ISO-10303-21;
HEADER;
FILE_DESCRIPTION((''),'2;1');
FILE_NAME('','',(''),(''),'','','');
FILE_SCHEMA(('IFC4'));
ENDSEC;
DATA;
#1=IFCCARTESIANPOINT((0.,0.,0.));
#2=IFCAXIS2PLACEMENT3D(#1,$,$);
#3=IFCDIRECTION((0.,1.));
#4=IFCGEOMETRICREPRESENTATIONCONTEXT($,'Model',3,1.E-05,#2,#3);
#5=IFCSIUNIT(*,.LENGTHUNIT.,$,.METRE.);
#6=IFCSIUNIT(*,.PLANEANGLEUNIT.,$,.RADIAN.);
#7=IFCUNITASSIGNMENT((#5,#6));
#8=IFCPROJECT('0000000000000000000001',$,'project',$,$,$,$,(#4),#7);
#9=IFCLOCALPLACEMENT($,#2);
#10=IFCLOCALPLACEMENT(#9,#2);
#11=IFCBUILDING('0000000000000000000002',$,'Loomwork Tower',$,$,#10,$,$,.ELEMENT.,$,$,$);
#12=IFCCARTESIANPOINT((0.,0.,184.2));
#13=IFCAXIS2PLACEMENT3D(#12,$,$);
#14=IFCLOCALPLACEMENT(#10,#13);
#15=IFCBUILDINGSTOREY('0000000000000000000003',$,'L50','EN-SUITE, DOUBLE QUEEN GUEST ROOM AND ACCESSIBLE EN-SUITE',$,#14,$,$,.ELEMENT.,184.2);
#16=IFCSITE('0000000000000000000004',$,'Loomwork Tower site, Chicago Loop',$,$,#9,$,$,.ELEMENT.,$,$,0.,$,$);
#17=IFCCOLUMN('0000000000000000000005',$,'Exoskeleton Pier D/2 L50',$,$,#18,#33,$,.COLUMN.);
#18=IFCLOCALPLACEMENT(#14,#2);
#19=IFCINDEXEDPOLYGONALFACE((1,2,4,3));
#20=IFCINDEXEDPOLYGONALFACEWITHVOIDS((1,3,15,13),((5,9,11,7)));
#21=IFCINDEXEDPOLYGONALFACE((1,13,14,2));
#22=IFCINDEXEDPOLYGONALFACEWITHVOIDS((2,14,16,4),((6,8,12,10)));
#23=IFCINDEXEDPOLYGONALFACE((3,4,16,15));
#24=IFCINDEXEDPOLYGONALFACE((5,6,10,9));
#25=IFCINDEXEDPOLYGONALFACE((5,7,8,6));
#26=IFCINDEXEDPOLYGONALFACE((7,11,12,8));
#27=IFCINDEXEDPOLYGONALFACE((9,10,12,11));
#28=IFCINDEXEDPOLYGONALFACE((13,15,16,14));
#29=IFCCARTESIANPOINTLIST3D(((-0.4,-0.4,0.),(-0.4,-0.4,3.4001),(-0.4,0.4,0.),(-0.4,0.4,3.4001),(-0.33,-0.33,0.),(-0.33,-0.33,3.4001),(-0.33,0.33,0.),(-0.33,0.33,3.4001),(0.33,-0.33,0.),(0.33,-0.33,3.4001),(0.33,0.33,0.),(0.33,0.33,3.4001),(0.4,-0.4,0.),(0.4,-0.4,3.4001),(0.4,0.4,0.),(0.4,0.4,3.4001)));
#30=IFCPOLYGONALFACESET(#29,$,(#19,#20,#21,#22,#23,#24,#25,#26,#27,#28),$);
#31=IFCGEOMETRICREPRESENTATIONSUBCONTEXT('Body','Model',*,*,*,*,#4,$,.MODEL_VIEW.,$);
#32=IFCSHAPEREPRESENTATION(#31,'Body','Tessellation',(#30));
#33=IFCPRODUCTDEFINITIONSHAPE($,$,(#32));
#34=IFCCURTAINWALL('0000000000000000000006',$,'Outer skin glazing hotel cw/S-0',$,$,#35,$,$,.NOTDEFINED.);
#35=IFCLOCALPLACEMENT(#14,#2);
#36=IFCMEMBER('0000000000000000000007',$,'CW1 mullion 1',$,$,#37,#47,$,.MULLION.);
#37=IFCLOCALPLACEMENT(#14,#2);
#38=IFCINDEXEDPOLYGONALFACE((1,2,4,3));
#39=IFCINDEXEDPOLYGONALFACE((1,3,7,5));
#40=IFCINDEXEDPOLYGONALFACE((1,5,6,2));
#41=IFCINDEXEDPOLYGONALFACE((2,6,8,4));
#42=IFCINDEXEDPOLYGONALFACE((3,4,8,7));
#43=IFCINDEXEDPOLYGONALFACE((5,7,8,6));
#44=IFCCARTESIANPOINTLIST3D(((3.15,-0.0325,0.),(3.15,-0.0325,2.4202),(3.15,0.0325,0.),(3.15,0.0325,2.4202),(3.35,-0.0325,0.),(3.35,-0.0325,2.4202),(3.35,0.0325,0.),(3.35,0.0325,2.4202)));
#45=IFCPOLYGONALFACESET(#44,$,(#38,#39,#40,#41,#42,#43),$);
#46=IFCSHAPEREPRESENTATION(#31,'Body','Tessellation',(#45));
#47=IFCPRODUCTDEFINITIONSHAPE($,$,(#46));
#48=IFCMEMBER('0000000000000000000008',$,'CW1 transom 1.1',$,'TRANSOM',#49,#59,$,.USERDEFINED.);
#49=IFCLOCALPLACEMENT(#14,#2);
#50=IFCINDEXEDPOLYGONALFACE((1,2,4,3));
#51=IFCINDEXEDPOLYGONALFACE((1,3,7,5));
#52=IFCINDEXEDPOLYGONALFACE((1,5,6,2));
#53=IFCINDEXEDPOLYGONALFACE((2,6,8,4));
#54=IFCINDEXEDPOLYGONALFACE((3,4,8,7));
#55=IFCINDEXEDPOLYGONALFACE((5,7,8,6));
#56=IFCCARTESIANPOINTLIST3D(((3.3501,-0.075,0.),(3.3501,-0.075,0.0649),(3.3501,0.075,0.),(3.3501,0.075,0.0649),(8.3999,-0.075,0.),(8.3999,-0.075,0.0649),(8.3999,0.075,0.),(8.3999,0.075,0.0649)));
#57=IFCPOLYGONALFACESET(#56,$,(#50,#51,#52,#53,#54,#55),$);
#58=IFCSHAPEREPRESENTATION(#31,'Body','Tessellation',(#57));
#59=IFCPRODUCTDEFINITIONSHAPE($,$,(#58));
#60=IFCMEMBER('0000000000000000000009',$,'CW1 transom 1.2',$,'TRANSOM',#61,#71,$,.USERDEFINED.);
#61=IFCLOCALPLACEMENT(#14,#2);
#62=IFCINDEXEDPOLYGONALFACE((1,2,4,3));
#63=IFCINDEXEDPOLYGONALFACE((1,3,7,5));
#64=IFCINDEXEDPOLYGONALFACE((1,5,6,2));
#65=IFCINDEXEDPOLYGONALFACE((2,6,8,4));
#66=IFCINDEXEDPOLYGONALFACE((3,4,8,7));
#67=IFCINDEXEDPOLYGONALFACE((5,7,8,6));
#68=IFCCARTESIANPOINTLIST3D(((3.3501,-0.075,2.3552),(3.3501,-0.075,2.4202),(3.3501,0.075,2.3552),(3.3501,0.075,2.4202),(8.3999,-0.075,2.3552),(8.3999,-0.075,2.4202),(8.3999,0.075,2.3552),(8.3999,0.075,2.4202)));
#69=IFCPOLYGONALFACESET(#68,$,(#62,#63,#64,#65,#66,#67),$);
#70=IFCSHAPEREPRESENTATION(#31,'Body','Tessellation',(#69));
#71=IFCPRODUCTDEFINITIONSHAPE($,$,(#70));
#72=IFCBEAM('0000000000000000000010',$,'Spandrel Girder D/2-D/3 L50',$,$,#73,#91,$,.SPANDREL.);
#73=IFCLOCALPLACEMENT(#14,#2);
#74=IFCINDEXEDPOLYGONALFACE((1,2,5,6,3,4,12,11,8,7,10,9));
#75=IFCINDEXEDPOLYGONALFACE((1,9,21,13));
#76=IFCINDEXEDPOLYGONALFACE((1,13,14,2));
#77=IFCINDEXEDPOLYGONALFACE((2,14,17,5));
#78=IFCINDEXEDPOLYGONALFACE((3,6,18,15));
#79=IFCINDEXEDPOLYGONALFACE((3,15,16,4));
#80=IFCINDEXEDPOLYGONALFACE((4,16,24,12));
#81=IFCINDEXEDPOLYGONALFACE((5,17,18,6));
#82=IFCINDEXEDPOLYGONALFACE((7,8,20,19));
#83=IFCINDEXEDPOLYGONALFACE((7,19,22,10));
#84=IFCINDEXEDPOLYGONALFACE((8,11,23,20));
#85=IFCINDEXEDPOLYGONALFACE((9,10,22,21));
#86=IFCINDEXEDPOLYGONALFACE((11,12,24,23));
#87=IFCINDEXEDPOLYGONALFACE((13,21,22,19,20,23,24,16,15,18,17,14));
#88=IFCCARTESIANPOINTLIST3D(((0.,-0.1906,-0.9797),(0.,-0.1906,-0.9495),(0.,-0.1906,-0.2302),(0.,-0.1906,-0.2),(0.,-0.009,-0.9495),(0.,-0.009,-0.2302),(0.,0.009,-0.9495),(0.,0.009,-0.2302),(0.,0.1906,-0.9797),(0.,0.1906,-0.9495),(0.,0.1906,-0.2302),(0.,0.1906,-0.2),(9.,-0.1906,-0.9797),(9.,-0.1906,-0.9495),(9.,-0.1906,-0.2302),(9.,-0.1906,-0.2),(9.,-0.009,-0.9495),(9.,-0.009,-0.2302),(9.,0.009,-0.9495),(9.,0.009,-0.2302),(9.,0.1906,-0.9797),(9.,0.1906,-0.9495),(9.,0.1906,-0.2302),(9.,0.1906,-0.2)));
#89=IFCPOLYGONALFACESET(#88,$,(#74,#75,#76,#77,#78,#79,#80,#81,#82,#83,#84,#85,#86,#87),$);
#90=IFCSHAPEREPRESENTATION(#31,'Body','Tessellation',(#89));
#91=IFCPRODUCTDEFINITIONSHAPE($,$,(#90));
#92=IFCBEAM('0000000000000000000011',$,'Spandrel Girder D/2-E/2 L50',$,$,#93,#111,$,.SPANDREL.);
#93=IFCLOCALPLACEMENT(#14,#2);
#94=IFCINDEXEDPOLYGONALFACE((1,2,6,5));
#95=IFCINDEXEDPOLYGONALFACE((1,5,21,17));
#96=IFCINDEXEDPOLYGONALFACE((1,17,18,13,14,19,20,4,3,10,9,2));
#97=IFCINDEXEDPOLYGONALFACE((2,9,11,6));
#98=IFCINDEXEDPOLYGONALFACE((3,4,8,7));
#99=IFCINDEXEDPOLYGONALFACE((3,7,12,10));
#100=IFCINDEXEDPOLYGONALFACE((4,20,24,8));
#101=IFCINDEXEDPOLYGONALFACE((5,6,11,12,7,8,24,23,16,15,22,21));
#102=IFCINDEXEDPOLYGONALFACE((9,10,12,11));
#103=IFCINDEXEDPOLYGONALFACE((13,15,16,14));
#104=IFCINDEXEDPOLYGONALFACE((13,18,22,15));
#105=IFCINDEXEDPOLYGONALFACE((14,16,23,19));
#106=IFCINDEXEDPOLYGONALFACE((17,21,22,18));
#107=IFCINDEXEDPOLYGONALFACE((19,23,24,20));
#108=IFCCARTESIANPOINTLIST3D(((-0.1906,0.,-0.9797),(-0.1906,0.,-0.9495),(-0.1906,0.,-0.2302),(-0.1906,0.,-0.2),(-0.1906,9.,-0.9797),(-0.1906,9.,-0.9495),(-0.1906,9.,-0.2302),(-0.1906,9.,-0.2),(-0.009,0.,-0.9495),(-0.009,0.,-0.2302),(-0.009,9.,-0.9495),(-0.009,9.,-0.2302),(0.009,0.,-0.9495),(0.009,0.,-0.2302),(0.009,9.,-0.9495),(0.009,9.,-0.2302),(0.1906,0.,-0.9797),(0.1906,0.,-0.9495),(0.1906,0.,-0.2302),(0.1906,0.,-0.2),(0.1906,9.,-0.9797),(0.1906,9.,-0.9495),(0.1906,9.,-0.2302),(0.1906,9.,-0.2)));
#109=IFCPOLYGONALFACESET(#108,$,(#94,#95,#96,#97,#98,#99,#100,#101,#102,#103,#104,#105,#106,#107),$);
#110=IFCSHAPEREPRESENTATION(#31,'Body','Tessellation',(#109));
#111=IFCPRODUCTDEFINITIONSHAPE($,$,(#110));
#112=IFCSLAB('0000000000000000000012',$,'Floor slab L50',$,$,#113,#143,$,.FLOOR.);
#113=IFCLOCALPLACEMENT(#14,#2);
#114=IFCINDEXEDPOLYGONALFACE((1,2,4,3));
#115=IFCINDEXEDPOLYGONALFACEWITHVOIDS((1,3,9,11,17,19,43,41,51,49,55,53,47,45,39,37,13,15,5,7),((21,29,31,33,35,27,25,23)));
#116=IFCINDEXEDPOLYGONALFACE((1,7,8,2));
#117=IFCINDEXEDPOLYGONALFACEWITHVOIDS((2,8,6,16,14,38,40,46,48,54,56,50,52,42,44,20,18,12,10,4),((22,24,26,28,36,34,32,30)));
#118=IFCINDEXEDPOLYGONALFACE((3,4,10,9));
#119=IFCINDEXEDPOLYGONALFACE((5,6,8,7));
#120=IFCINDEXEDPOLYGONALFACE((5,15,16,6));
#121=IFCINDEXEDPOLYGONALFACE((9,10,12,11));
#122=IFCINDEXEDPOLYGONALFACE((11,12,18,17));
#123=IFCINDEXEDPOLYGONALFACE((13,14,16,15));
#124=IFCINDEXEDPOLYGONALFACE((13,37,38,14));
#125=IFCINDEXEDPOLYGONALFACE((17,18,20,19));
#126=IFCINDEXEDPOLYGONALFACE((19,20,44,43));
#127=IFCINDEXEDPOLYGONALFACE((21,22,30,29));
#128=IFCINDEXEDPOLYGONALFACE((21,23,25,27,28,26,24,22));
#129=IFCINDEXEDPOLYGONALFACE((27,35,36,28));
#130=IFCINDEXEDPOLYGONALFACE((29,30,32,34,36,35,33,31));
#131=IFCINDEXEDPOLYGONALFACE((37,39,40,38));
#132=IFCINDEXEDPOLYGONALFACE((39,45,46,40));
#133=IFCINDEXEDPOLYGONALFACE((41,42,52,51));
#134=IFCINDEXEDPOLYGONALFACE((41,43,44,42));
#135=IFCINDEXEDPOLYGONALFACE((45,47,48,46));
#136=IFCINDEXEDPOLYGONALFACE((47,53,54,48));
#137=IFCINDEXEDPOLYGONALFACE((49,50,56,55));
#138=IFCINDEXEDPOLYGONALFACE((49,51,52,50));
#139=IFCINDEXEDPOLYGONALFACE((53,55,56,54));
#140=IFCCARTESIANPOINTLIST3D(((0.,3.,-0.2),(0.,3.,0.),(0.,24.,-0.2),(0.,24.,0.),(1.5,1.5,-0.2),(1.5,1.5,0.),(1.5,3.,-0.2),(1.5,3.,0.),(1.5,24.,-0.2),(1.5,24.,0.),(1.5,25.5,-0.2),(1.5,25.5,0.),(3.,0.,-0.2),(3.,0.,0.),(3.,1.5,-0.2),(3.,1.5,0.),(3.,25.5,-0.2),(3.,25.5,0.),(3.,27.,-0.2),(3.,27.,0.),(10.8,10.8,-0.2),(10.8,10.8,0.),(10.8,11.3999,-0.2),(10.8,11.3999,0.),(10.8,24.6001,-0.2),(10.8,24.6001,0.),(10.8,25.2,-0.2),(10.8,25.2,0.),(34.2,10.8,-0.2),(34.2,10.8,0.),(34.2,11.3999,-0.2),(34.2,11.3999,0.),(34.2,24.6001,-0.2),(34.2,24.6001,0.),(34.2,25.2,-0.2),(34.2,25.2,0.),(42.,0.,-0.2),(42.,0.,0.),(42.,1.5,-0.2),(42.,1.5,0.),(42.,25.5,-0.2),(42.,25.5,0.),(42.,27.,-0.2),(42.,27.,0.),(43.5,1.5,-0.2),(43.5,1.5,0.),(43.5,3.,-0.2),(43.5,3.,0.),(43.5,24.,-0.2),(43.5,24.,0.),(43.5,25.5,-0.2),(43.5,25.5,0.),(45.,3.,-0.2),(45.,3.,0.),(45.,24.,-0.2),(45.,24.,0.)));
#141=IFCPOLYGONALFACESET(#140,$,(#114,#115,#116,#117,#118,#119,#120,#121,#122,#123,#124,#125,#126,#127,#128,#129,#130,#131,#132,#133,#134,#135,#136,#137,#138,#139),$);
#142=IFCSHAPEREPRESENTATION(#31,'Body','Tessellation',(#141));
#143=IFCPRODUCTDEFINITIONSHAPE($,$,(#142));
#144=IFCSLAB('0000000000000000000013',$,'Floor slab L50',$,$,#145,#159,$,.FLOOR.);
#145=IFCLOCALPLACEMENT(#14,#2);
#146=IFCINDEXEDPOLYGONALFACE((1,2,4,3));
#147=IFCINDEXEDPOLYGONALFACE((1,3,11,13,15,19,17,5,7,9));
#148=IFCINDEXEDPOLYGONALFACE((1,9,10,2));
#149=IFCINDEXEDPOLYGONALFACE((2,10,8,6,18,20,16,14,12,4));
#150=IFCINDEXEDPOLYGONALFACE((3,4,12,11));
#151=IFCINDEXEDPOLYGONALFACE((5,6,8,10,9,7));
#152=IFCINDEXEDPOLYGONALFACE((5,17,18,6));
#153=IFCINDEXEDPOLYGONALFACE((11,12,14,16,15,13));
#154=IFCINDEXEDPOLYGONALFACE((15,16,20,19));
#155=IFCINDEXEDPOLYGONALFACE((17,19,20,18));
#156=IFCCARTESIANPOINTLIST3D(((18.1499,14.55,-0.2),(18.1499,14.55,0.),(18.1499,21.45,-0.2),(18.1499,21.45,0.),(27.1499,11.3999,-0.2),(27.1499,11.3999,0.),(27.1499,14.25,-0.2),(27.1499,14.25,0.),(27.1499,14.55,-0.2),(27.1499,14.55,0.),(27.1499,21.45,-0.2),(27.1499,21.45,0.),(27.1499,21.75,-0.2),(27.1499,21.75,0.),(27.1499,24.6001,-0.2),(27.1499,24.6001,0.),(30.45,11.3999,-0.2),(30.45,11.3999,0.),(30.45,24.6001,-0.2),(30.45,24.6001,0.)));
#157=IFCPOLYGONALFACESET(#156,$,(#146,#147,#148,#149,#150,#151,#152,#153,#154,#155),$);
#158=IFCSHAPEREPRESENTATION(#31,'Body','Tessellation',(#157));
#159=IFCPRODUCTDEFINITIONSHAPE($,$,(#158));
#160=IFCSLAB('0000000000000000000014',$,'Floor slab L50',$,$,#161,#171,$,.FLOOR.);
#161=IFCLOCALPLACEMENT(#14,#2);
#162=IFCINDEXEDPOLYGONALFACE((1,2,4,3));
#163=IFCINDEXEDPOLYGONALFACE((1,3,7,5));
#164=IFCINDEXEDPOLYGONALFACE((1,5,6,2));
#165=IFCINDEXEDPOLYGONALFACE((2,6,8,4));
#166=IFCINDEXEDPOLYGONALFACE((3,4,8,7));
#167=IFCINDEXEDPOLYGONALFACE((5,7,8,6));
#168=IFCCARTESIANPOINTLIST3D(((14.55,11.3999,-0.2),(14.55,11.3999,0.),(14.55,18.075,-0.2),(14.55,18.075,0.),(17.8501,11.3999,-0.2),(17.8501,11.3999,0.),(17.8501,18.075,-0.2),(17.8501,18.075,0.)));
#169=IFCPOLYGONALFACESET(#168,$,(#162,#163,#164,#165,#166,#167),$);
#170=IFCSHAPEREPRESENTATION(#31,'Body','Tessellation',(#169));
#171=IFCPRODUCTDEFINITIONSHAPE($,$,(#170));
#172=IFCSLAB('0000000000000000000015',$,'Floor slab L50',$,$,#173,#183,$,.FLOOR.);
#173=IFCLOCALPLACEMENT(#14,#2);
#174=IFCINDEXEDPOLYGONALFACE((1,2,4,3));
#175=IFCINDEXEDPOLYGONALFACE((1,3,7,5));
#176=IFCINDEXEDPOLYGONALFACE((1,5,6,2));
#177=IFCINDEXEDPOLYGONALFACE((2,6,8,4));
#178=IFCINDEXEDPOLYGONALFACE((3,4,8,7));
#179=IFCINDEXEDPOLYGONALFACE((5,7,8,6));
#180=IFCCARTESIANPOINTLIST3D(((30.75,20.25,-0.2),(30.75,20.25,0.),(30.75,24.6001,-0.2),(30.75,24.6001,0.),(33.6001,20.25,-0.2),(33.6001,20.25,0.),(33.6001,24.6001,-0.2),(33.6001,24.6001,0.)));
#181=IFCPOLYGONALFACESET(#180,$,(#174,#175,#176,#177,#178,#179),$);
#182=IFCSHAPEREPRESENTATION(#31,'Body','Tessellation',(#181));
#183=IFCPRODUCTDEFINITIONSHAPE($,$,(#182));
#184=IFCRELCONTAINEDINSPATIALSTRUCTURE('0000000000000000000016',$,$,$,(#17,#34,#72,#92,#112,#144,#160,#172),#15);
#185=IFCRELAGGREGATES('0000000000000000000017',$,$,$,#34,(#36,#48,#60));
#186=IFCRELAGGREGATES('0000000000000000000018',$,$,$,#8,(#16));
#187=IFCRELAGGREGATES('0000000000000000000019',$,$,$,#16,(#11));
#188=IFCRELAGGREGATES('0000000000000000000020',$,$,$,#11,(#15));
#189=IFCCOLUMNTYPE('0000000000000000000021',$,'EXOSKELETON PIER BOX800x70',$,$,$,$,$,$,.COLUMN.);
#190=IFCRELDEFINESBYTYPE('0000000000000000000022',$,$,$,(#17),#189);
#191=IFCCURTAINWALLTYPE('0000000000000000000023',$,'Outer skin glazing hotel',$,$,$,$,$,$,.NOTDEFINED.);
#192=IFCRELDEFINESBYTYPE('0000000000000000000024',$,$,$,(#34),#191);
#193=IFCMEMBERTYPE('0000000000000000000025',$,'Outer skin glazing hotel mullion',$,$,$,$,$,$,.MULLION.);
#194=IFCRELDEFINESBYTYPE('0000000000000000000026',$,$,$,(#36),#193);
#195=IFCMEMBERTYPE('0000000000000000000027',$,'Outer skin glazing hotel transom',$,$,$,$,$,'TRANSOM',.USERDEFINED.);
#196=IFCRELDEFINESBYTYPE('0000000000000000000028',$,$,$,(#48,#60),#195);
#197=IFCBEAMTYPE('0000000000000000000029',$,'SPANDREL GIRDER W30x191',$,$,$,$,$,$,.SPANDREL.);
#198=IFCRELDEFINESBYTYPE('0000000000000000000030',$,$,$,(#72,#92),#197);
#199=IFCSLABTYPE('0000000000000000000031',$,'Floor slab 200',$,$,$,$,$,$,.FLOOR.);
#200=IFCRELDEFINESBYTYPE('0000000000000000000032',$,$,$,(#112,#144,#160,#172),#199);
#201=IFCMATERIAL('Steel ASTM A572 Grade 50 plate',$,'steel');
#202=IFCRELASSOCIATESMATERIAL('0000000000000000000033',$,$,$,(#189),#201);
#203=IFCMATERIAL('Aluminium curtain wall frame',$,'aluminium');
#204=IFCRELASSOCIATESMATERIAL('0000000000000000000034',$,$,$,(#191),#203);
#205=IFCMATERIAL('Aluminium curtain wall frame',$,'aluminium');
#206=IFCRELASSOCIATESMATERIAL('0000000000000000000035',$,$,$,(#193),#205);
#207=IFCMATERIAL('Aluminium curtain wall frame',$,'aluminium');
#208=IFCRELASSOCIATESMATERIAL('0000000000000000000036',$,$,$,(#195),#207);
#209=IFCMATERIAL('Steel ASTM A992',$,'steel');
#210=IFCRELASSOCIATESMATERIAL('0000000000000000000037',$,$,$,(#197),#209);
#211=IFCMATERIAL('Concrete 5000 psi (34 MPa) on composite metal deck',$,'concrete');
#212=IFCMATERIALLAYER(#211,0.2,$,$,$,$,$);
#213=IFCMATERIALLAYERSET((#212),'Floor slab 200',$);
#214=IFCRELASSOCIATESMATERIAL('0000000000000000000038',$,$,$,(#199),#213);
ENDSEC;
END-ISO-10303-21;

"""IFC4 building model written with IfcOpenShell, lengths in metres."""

from ifc_helpers import new_model, si_unit, direction, frame, origin, origin_with_axes, origin_2d, place, context, subcontext, project, spatial, polyline, rectangle, hollow_rectangle, i_section, outline, extrude, material, layer, layer_set, material_profile, profile_set, type_object, element, aggregate, save


model = new_model("IFC4")

# Units and contexts
model_context = context("Model", 3, precision=1e-05, world=origin(), true_north=direction((0.0, 1.0)))
body_context = subcontext(model_context, "Body", "Model", "MODEL_VIEW")
ifc_project = project(units=[si_unit("LENGTHUNIT", "METRE"), si_unit("PLANEANGLEUNIT", "RADIAN")], contexts=[model_context])

# Site, building, storey
site_placement = place(None, origin())
site = spatial("IfcSite", under=ifc_project, at=site_placement, Name="Loomwork Tower site, Chicago Loop", CompositionType="ELEMENT", RefElevation=0.0)
building_placement = place(site_placement, origin())
building = spatial("IfcBuilding", under=site, at=building_placement, Name="Loomwork Tower", CompositionType="ELEMENT")
storey_placement = place(building_placement, frame((0.0, 0.0, 184.2)))
storey = spatial("IfcBuildingStorey", under=building, at=storey_placement, Name="L50", Description="EN-SUITE, DOUBLE QUEEN GUEST ROOM AND ACCESSIBLE EN-SUITE", CompositionType="ELEMENT", Elevation=184.2)

# Column
ifc_material_1 = material(Name="Steel ASTM A572 Grade 50 plate", Category="steel")
ifc_material_profile_1 = material_profile(ifc_material_1, hollow_rectangle(XDim=0.8, YDim=0.8, WallThickness=0.0701, at=origin_2d()), Name="BOX800x70")
ifc_profile_set_1 = profile_set([ifc_material_profile_1], Name="Steel ASTM A572 Grade 50 plate")
column_type = type_object("IfcColumnType", Name="EXOSKELETON PIER BOX800x70", PredefinedType="COLUMN", material=ifc_profile_set_1)
column_placement = place(storey_placement, origin_with_axes())
element("IfcColumn", 1, at=column_placement, inside=storey, type_object=column_type, Name="Exoskeleton Pier D/2 L50", PredefinedType="COLUMN", context=body_context, shape_type="SweptSolid", body=[
    extrude(hollow_rectangle(XDim=0.8, YDim=0.8, WallThickness=0.0701, at=origin_2d()), origin(), (0.0, 0.0, 1.0), 3.4001),
])

# Curtain wall, members
ifc_material_2 = material(Name="Aluminium curtain wall frame", Category="aluminium")
curtain_wall_type = type_object("IfcCurtainWallType", Name="Outer skin glazing hotel", PredefinedType="NOTDEFINED", material=ifc_material_2)
curtain_wall_placement = place(storey_placement, origin())
curtain_wall = element("IfcCurtainWall", 2, at=curtain_wall_placement, inside=storey, type_object=curtain_wall_type, Name="Outer skin glazing hotel cw/S-0", PredefinedType="NOTDEFINED")
ifc_material_3 = material(Name="Aluminium curtain wall frame", Category="aluminium")
ifc_material_profile_2 = material_profile(ifc_material_3, rectangle(XDim=0.0649, YDim=0.2, at=origin_2d()), Name="AL 65x200")
ifc_profile_set_2 = profile_set([ifc_material_profile_2], Name="Aluminium curtain wall frame")
member_type_1 = type_object("IfcMemberType", Name="Outer skin glazing hotel mullion", PredefinedType="MULLION", material=ifc_profile_set_2)
member_1_placement = place(storey_placement, frame((3.25, 0.0, 0.0), z_axis=(0.0, 0.0, 1.0), x_axis=(0.0, 1.0, 0.0)))
member_1 = element("IfcMember", 3, at=member_1_placement, type_object=member_type_1, Name="CW1 mullion 1", PredefinedType="MULLION", context=body_context, shape_type="SweptSolid", body=[
    extrude(rectangle(XDim=0.0649, YDim=0.2, at=origin_2d()), origin(), (0.0, 0.0, 1.0), 2.4202),
])
ifc_material_4 = material(Name="Aluminium curtain wall frame", Category="aluminium")
ifc_material_profile_3 = material_profile(ifc_material_4, rectangle(XDim=0.1499, YDim=0.0649, at=origin_2d()), Name="AL 65x150")
ifc_profile_set_3 = profile_set([ifc_material_profile_3], Name="Aluminium curtain wall frame")
member_type_2 = type_object("IfcMemberType", Name="Outer skin glazing hotel transom", ElementType="TRANSOM", PredefinedType="USERDEFINED", material=ifc_profile_set_3)
member_2_placement = place(storey_placement, frame((3.3501, 0.0, 0.0325), z_axis=(1.0, 0.0, 0.0), x_axis=(0.0, 1.0, 0.0)))
member_2 = element("IfcMember", 4, at=member_2_placement, type_object=member_type_2, Name="CW1 transom 1.1", ObjectType="TRANSOM", PredefinedType="USERDEFINED", context=body_context, shape_type="SweptSolid", body=[
    extrude(rectangle(XDim=0.1499, YDim=0.0649, at=origin_2d()), origin(), (0.0, 0.0, 1.0), 5.0498),
])
member_3_placement = place(storey_placement, frame((3.3501, 0.0, 2.3877), z_axis=(1.0, 0.0, 0.0), x_axis=(0.0, 1.0, 0.0)))
member_3 = element("IfcMember", 5, at=member_3_placement, type_object=member_type_2, Name="CW1 transom 1.2", ObjectType="TRANSOM", PredefinedType="USERDEFINED", context=body_context, shape_type="SweptSolid", body=[
    extrude(rectangle(XDim=0.1499, YDim=0.0649, at=origin_2d()), origin(), (0.0, 0.0, 1.0), 5.0498),
])
aggregate(curtain_wall, [member_1, member_2, member_3])

# Beams
ifc_material_5 = material(Name="Steel ASTM A992", Category="steel")
ifc_material_profile_4 = material_profile(ifc_material_5, i_section(OverallWidth=0.3811, OverallDepth=0.7798, WebThickness=0.0181, FlangeThickness=0.0303, at=origin_2d()), Name="W30x191")
ifc_profile_set_4 = profile_set([ifc_material_profile_4], Name="Steel ASTM A992")
beam_type = type_object("IfcBeamType", Name="SPANDREL GIRDER W30x191", PredefinedType="SPANDREL", material=ifc_profile_set_4)
for number, where, z_axis, x_axis, name in (
    (6, (0.0, 0.0, -0.5898), (1.0, 0.0, 0.0), (0.0, 1.0, 0.0), "Spandrel Girder D/2-D/3 L50"),
    (7, (0.0, 0.0, -0.5898), (0.0, 1.0, 0.0), (-1.0, 0.0, 0.0), "Spandrel Girder D/2-E/2 L50"),
):
    element("IfcBeam", number, at=place(storey_placement, frame(where, z_axis=z_axis, x_axis=x_axis)), inside=storey, type_object=beam_type, Name=name, PredefinedType="SPANDREL", context=body_context, shape_type="SweptSolid", body=[
        extrude(i_section(OverallWidth=0.3811, OverallDepth=0.7798, WebThickness=0.0181, FlangeThickness=0.0303, at=origin_2d()), origin(), (0.0, 0.0, 1.0), 9.0),
    ])

# Slabs
ifc_material_6 = material(Name="Concrete 5000 psi (34 MPa) on composite metal deck", Category="concrete")
ifc_layer_1 = layer(ifc_material_6, 0.2)
ifc_layer_set_1 = layer_set([ifc_layer_1], Name="Floor slab 200")
slab_type_1 = type_object("IfcSlabType", Name="Floor slab 200", PredefinedType="FLOOR", material=ifc_layer_set_1)
slab_1_placement = place(storey_placement, frame((0.0, 0.0, -0.2)))
element("IfcSlab", 8, at=slab_1_placement, inside=storey, type_object=slab_type_1, Name="Floor slab L50", PredefinedType="FLOOR", context=body_context, shape_type="SweptSolid", body=[
    extrude(outline(polyline([(3.0, 1.5), (1.5, 1.5), (1.5, 3.0), (0.0, 3.0), (0.0, 24.0), (1.5, 24.0), (1.5, 25.5), (3.0, 25.5), (3.0, 27.0), (42.0, 27.0), (42.0, 25.5), (43.5, 25.5), (43.5, 24.0), (45.0, 24.0), (45.0, 3.0), (43.5, 3.0), (43.5, 1.5), (42.0, 1.5), (42.0, 0.0), (3.0, 0.0), (3.0, 1.5)]), holes=[polyline([(10.8, 11.3999), (10.8, 11.3999), (10.8, 10.8), (34.2, 10.8), (34.2, 11.3999), (34.2, 11.3999), (34.2, 24.6001), (34.2, 25.2), (10.8, 25.2), (10.8, 24.6001), (10.8, 11.3999)])]), origin(), (0.0, 0.0, 1.0), 0.2),
])
slab_2_placement = place(storey_placement, frame((0.0, 0.0, -0.2)))
element("IfcSlab", 9, at=slab_2_placement, inside=storey, type_object=slab_type_1, Name="Floor slab L50", PredefinedType="FLOOR", context=body_context, shape_type="SweptSolid", body=[
    extrude(outline(polyline([(30.45, 24.6001), (30.45, 11.3999), (27.1499, 11.3999), (27.1499, 14.25), (27.1499, 14.55), (18.1499, 14.55), (18.1499, 21.45), (27.1499, 21.45), (27.1499, 21.75), (27.1499, 24.6001), (30.45, 24.6001)])), origin(), (0.0, 0.0, 1.0), 0.2),
])
slab_3_placement = place(storey_placement, frame((0.0, 0.0, -0.2)))
element("IfcSlab", 10, at=slab_3_placement, inside=storey, type_object=slab_type_1, Name="Floor slab L50", PredefinedType="FLOOR", context=body_context, shape_type="SweptSolid", body=[
    extrude(outline(polyline([(14.55, 11.3999), (14.55, 18.075), (17.8501, 18.075), (17.8501, 11.3999), (14.55, 11.3999)])), origin(), (0.0, 0.0, 1.0), 0.2),
])
slab_4_placement = place(storey_placement, frame((0.0, 0.0, -0.2)))
element("IfcSlab", 11, at=slab_4_placement, inside=storey, type_object=slab_type_1, Name="Floor slab L50", PredefinedType="FLOOR", context=body_context, shape_type="SweptSolid", body=[
    extrude(outline(polyline([(33.6001, 20.25), (30.75, 20.25), (30.75, 24.6001), (33.6001, 24.6001), (33.6001, 20.25)])), origin(), (0.0, 0.0, 1.0), 0.2),
])

save(model, "model.ifc")
